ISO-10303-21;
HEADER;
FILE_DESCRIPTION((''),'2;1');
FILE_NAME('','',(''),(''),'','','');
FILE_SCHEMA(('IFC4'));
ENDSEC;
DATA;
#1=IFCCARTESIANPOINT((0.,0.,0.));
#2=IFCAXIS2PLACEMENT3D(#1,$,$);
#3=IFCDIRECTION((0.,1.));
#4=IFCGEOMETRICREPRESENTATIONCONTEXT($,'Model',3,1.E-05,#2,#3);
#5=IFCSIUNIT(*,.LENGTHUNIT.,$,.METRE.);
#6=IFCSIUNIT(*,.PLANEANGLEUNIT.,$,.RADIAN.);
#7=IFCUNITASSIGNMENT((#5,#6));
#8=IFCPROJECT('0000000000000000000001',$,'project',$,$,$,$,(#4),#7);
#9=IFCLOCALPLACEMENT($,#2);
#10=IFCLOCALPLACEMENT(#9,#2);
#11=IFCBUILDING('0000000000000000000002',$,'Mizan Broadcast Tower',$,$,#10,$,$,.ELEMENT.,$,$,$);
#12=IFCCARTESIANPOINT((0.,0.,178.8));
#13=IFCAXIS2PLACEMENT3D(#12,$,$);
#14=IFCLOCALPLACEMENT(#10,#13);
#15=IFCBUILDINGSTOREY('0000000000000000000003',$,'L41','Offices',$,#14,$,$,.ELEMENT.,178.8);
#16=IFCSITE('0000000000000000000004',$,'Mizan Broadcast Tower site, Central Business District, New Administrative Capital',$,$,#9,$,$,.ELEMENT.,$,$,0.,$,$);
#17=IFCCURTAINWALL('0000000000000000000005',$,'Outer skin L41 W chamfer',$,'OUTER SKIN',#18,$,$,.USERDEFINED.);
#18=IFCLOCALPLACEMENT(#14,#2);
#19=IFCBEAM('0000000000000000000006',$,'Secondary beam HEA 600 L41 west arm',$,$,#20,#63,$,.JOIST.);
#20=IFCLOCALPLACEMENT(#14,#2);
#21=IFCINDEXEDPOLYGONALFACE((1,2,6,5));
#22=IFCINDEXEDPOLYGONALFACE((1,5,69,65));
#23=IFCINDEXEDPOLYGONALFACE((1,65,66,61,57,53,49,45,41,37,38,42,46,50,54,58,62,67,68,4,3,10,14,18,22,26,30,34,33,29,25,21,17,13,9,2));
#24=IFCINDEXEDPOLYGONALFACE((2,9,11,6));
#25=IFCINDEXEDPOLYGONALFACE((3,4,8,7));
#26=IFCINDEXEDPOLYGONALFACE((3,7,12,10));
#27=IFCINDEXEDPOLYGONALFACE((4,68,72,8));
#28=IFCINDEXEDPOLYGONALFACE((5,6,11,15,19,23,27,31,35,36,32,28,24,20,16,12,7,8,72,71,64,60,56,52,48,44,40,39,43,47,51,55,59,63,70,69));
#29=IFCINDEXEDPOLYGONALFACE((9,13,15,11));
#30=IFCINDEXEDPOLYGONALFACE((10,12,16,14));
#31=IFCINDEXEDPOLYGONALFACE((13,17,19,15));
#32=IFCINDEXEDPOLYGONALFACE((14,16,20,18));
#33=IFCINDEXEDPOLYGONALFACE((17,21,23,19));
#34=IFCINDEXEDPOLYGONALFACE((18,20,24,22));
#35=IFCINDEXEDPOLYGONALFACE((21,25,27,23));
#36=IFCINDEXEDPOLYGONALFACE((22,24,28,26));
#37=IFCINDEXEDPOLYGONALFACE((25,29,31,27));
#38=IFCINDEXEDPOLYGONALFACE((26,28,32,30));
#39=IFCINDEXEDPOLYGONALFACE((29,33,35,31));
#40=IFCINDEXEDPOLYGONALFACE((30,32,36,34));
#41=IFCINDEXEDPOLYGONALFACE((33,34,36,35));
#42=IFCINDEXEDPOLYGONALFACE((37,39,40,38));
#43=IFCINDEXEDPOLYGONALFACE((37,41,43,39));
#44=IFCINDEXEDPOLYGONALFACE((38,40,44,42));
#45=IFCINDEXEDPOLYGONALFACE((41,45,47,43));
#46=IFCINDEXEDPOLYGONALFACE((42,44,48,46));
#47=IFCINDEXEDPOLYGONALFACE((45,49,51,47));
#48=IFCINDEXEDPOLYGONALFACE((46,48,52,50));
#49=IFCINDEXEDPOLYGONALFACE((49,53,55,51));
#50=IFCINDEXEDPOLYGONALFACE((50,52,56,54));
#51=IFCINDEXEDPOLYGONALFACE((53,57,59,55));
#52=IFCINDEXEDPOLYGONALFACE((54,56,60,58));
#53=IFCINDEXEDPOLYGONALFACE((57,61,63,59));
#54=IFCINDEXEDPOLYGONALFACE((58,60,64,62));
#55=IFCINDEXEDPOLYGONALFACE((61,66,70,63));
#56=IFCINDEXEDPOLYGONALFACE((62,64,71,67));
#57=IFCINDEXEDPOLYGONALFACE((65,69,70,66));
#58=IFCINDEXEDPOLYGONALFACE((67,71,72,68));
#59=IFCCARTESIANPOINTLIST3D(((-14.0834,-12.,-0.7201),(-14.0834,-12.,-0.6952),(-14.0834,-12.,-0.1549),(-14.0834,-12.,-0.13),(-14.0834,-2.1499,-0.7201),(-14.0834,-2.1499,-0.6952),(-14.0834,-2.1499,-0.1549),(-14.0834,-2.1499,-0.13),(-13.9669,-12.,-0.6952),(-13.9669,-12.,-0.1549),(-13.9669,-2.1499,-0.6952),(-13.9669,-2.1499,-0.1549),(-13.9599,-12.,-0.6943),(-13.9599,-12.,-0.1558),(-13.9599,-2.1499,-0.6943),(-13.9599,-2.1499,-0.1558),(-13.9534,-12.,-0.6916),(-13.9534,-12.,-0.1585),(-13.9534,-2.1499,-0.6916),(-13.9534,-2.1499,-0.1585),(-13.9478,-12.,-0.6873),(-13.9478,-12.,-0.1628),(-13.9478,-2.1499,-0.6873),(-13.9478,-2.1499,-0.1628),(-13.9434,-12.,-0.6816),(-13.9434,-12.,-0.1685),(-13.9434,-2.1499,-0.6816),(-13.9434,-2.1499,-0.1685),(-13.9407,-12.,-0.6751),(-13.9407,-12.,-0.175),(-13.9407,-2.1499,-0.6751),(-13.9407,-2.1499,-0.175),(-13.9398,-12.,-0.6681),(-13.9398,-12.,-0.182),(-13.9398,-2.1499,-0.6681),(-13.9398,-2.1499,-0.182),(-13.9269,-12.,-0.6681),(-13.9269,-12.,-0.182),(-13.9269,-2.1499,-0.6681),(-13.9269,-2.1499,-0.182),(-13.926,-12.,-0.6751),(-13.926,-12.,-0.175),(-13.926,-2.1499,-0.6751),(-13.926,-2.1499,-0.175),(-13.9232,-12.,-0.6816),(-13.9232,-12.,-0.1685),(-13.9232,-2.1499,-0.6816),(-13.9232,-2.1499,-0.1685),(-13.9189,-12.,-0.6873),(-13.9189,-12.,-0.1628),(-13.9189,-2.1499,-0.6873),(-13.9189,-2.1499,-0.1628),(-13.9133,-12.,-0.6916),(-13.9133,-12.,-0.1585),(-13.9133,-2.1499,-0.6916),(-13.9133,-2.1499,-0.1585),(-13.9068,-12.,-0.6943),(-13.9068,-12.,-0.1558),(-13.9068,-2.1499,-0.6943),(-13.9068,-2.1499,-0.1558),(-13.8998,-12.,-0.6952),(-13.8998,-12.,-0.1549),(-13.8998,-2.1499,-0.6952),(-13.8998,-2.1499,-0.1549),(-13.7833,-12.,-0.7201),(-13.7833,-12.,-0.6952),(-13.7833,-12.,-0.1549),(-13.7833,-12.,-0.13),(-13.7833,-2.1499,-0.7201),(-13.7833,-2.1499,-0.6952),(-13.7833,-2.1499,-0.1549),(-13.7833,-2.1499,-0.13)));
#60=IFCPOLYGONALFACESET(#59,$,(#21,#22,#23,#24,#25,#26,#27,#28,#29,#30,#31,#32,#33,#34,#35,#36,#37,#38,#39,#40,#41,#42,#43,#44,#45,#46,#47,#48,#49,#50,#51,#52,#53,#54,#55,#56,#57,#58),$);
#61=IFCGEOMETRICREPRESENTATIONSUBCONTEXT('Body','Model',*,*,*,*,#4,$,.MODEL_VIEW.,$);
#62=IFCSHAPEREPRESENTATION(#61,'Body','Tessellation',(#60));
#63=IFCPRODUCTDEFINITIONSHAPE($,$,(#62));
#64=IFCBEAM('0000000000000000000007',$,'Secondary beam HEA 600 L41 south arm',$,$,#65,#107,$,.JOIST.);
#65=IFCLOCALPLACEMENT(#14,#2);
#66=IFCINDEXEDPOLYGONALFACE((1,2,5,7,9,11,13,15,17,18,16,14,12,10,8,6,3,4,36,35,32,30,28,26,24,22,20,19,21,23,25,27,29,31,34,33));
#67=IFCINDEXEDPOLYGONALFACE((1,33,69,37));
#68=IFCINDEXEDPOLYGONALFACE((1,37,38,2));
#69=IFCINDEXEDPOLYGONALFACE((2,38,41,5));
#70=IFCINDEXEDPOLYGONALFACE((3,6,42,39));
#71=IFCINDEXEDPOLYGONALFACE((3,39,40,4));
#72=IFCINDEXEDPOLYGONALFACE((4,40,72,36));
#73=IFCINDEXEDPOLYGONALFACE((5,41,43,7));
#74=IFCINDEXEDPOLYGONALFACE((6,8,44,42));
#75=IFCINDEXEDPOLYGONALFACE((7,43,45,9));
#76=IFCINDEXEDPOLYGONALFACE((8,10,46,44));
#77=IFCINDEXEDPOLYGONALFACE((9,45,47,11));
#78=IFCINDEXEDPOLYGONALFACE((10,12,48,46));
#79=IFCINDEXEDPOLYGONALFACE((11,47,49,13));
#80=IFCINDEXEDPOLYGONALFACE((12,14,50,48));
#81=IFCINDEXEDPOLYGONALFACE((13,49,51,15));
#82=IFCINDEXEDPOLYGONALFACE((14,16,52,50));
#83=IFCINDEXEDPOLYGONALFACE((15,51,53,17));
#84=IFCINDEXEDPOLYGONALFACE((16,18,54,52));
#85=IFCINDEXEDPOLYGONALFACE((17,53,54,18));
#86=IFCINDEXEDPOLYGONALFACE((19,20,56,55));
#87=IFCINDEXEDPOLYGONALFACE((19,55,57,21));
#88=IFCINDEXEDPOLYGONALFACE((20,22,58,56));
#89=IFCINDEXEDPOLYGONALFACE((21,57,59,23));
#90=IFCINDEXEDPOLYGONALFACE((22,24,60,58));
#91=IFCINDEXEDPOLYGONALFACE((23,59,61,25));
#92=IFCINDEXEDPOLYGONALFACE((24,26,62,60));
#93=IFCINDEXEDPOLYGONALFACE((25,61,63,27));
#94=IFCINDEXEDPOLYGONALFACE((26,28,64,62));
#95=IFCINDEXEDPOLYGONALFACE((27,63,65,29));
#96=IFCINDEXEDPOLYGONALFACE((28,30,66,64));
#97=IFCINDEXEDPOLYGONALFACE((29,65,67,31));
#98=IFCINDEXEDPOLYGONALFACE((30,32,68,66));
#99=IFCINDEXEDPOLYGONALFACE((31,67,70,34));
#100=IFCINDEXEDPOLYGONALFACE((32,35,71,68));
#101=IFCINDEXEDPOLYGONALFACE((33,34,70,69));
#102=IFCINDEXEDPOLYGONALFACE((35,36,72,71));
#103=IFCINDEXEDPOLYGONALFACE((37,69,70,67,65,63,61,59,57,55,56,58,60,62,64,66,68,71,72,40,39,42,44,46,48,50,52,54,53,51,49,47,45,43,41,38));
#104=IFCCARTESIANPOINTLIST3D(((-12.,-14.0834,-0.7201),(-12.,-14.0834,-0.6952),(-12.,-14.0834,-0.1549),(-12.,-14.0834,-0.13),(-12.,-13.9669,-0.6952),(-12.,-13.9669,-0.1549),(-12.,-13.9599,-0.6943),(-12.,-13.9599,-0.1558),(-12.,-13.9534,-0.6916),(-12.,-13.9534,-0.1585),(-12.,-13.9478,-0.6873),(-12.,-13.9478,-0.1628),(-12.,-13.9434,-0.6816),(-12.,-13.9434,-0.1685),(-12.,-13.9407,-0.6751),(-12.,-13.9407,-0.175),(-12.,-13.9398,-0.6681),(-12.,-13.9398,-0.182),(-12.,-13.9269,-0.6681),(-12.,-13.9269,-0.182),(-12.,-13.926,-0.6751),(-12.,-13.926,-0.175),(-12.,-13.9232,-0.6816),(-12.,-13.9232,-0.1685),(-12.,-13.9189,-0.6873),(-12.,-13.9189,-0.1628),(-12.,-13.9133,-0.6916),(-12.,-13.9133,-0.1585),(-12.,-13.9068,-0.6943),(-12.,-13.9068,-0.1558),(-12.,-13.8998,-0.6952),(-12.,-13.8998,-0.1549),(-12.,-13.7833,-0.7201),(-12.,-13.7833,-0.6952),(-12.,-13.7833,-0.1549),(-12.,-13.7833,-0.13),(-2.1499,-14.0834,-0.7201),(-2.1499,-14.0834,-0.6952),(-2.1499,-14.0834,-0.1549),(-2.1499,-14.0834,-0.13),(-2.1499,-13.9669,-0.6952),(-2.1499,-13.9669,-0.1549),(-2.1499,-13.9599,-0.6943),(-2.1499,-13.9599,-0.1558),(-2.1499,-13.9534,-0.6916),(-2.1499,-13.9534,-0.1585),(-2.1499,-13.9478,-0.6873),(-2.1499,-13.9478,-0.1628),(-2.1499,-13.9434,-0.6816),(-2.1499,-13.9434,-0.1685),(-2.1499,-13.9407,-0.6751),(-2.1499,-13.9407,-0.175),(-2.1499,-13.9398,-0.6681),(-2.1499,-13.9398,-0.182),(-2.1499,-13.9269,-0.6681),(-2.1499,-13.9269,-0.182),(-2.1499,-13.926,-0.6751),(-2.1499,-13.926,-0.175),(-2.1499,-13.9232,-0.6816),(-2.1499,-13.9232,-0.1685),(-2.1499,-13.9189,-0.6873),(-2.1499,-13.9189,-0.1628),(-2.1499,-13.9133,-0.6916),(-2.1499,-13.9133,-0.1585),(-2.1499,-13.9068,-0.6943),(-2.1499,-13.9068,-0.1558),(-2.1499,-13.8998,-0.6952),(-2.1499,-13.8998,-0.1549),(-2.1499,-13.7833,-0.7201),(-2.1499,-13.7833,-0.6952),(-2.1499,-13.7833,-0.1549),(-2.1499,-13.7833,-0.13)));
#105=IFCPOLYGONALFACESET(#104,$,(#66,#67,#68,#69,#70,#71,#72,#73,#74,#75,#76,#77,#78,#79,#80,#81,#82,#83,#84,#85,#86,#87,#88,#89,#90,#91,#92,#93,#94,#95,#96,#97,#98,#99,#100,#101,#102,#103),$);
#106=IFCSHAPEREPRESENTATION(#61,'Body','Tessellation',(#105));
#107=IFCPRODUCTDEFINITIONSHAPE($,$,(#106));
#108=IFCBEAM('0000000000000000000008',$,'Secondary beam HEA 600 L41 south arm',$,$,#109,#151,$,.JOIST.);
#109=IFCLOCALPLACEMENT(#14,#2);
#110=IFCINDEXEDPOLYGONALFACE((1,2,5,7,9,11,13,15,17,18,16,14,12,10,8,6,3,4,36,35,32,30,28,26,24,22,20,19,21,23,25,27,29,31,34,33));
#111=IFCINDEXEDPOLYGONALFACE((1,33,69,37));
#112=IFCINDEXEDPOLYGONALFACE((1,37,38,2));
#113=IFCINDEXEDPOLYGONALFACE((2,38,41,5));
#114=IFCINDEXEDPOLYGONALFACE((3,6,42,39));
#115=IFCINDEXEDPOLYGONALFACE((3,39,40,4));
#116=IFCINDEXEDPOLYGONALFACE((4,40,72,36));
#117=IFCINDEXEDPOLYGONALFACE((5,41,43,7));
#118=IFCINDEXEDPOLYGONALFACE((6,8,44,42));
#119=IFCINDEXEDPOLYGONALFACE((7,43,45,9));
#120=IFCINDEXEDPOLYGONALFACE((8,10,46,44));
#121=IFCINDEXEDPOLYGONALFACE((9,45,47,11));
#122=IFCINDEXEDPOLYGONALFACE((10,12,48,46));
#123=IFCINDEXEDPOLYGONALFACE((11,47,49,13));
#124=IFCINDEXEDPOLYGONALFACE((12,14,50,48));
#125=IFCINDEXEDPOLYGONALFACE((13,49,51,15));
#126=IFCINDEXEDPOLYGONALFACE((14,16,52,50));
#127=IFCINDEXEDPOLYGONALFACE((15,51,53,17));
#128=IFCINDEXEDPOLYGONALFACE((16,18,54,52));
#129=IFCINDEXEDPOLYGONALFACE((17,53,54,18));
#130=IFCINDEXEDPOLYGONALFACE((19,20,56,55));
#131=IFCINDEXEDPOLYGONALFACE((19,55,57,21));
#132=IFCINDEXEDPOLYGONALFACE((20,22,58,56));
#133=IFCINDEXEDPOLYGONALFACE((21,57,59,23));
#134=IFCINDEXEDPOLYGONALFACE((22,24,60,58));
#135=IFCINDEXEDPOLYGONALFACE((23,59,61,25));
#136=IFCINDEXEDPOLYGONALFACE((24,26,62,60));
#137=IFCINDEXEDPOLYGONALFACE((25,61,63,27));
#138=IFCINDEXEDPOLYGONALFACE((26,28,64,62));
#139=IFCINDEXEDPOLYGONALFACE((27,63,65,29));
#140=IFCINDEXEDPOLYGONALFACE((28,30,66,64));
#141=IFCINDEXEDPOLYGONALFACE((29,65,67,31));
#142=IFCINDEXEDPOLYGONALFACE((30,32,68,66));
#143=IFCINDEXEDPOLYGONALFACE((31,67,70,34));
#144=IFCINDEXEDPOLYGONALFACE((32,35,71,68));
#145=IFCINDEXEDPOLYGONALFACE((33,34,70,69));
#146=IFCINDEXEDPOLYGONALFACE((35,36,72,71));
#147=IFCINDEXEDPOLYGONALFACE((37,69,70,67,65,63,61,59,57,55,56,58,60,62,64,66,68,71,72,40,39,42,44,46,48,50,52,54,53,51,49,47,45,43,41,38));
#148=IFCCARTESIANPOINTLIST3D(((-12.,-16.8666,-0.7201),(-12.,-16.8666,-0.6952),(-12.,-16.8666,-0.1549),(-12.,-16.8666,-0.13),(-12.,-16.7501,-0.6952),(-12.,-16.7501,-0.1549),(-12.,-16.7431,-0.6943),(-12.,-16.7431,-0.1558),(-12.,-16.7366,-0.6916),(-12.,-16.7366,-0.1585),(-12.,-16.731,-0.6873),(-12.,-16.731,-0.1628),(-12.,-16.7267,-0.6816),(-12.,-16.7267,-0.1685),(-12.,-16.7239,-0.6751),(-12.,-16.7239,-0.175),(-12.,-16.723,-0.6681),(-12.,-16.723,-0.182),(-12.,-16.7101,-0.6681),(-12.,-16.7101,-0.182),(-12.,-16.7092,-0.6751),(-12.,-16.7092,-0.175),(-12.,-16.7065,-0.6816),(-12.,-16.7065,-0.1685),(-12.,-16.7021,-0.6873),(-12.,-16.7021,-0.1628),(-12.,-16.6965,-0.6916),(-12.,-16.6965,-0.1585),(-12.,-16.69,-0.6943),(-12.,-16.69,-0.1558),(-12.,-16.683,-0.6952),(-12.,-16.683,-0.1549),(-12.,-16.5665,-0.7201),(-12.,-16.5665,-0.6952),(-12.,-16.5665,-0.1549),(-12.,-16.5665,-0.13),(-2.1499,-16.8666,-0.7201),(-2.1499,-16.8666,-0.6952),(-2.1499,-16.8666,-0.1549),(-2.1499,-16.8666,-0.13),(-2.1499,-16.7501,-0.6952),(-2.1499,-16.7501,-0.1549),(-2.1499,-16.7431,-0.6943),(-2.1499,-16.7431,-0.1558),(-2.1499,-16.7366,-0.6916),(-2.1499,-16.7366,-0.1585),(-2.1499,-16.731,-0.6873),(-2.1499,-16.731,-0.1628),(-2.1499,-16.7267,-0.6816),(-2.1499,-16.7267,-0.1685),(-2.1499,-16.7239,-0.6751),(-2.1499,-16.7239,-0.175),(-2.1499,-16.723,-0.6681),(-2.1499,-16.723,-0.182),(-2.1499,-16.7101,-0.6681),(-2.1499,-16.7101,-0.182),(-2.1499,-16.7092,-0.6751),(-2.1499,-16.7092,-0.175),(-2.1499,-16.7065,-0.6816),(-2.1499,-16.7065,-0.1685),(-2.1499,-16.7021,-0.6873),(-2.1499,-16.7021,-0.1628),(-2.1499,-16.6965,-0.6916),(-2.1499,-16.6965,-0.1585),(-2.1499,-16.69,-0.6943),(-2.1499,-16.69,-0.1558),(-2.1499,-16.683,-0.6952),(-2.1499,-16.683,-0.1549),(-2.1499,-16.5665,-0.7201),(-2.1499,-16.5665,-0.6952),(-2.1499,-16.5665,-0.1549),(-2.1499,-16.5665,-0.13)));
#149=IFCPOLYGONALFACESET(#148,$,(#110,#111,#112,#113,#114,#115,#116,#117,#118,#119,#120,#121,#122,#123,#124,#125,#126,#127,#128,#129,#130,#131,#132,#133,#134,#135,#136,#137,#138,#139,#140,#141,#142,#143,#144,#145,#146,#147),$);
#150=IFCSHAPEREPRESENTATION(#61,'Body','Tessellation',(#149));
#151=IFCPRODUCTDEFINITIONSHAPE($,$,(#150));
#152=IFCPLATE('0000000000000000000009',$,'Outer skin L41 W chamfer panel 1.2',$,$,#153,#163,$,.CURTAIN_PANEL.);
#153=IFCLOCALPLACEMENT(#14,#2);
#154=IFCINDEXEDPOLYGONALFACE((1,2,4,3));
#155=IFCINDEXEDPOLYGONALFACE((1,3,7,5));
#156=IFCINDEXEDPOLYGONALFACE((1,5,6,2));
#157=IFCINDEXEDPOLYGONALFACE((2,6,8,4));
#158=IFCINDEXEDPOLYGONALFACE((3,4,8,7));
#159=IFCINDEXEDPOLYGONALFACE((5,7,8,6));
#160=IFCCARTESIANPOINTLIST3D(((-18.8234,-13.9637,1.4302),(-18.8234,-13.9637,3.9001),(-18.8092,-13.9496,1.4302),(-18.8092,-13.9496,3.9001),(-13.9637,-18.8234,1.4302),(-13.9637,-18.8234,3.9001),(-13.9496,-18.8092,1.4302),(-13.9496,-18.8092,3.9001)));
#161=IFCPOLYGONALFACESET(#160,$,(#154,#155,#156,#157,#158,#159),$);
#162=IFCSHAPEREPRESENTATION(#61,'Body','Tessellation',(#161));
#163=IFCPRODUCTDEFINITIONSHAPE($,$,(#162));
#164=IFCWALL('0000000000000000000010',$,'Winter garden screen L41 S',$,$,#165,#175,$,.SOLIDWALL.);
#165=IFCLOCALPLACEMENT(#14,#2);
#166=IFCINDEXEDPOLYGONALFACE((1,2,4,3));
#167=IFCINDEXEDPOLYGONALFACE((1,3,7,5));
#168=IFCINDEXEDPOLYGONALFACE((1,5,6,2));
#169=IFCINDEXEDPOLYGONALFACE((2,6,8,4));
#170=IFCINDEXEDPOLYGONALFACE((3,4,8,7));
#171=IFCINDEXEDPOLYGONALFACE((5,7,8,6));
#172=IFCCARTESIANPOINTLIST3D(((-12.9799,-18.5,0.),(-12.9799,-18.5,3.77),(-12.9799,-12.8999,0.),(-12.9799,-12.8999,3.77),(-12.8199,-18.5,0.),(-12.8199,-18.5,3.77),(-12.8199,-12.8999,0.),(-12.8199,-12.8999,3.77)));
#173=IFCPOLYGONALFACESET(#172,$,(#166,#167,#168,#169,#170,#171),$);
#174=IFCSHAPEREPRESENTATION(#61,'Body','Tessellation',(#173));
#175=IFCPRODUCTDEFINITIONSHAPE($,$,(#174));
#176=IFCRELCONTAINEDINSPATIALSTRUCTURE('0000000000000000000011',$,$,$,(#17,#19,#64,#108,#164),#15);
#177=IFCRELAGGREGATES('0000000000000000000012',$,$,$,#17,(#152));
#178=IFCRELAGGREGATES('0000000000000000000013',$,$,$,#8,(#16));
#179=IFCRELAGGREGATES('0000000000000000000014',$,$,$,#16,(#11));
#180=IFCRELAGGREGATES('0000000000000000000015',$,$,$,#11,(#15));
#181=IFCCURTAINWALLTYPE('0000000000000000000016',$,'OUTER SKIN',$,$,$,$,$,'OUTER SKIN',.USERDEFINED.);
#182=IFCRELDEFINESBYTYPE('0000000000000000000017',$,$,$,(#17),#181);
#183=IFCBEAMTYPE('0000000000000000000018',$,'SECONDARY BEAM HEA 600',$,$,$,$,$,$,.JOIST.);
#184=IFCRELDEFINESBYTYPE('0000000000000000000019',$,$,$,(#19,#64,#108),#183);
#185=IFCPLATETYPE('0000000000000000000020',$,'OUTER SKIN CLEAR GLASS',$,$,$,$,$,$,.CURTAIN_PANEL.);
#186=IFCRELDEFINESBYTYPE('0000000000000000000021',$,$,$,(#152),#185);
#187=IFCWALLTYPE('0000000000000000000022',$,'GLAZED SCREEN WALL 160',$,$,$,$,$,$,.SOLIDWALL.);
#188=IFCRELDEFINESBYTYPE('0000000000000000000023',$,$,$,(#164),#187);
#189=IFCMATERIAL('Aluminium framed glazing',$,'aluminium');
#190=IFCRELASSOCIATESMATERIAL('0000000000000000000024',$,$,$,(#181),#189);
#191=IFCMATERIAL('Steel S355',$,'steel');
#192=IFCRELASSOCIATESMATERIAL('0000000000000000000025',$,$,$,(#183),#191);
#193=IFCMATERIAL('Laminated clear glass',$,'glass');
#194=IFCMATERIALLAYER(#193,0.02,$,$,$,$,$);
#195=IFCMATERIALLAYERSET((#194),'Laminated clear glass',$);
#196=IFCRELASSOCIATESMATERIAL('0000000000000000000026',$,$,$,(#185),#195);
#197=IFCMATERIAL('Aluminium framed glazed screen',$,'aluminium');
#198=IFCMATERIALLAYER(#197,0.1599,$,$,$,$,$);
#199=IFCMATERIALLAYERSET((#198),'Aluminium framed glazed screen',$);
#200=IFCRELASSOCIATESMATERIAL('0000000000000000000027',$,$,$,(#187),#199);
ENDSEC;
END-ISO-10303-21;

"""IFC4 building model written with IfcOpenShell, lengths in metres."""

from ifc_helpers import new_model, si_unit, direction, frame, frame_2d, origin, origin_2d, place, context, subcontext, project, spatial, rectangle, i_section, extrude, material, layer, layer_set, material_profile, profile_set, type_object, element, aggregate, save


model = new_model("IFC4")

# Units and contexts
model_context = context("Model", 3, precision=1e-05, world=origin(), true_north=direction((0.0, 1.0)))
body_context = subcontext(model_context, "Body", "Model", "MODEL_VIEW")
ifc_project = project(units=[si_unit("LENGTHUNIT", "METRE"), si_unit("PLANEANGLEUNIT", "RADIAN")], contexts=[model_context])

# Site, building, storey
site_placement = place(None, origin())
site = spatial("IfcSite", under=ifc_project, at=site_placement, Name="Mizan Broadcast Tower site, Central Business District, New Administrative Capital", CompositionType="ELEMENT", RefElevation=0.0)
building_placement = place(site_placement, origin())
building = spatial("IfcBuilding", under=site, at=building_placement, Name="Mizan Broadcast Tower", CompositionType="ELEMENT")
storey_placement = place(building_placement, frame((0.0, 0.0, 178.8)))
storey = spatial("IfcBuildingStorey", under=building, at=storey_placement, Name="L41", Description="Offices", CompositionType="ELEMENT", Elevation=178.8)

# Curtain wall
ifc_material_1 = material(Name="Aluminium framed glazing", Category="aluminium")
curtain_wall_type_1 = type_object("IfcCurtainWallType", Name="OUTER SKIN", ElementType="OUTER SKIN", PredefinedType="USERDEFINED", material=ifc_material_1)
curtain_wall_1_placement = place(storey_placement, origin())
curtain_wall_1 = element("IfcCurtainWall", 1, at=curtain_wall_1_placement, inside=storey, type_object=curtain_wall_type_1, Name="Outer skin L41 W chamfer", ObjectType="OUTER SKIN", PredefinedType="USERDEFINED")

# Beams
ifc_material_2 = material(Name="Steel S355", Category="steel")
ifc_material_profile_1 = material_profile(ifc_material_2, i_section(OverallWidth=0.3, OverallDepth=0.5901, WebThickness=0.0129, FlangeThickness=0.0249, FilletRadius=0.0271, at=origin_2d()), Name="HEA 600")
ifc_profile_set_1 = profile_set([ifc_material_profile_1], Name="Steel S355")
beam_type_1 = type_object("IfcBeamType", Name="SECONDARY BEAM HEA 600", PredefinedType="JOIST", material=ifc_profile_set_1)
for number, where, z_axis, x_axis, name in (
    (2, (-13.9333, -12.0, -0.425), (0.0, 1.0, 0.0), (-1.0, 0.0, 0.0), "Secondary beam HEA 600 L41 west arm"),
    (3, (-12.0, -13.9333, -0.425), (1.0, 0.0, 0.0), (0.0, 1.0, 0.0), "Secondary beam HEA 600 L41 south arm"),
    (4, (-12.0, -16.7166, -0.425), (1.0, 0.0, 0.0), (0.0, 1.0, 0.0), "Secondary beam HEA 600 L41 south arm"),
):
    element("IfcBeam", number, at=place(storey_placement, frame(where, z_axis=z_axis, x_axis=x_axis)), inside=storey, type_object=beam_type_1, Name=name, PredefinedType="JOIST", context=body_context, shape_type="SweptSolid", body=[
        extrude(i_section(OverallWidth=0.3, OverallDepth=0.5901, WebThickness=0.0129, FlangeThickness=0.0249, FilletRadius=0.0271, at=origin_2d()), origin(), (0.0, 0.0, 1.0), 9.8501),
    ])

# Plate
ifc_material_3 = material(Name="Laminated clear glass", Category="glass")
ifc_layer_1 = layer(ifc_material_3, 0.02)
ifc_layer_set_1 = layer_set([ifc_layer_1], Name="Laminated clear glass")
plate_type = type_object("IfcPlateType", Name="OUTER SKIN CLEAR GLASS", PredefinedType="CURTAIN_PANEL", material=ifc_layer_set_1)
plate_placement = place(storey_placement, frame((-16.3865, -16.3865, 1.4302), z_axis=(0.0, 0.0, 1.0), x_axis=(0.707107, -0.707107, 0.0)))
plate = element("IfcPlate", 5, at=plate_placement, type_object=plate_type, Name="Outer skin L41 W chamfer panel 1.2", PredefinedType="CURTAIN_PANEL", context=body_context, shape_type="SweptSolid", body=[
    extrude(rectangle(XDim=6.8726, YDim=0.02, at=origin_2d()), origin(), (0.0, 0.0, 1.0), 2.47),
])
aggregate(curtain_wall_1, [plate])

# Wall
ifc_material_4 = material(Name="Aluminium framed glazed screen", Category="aluminium")
ifc_layer_2 = layer(ifc_material_4, 0.1599)
ifc_layer_set_2 = layer_set([ifc_layer_2], Name="Aluminium framed glazed screen")
wall_type = type_object("IfcWallType", Name="GLAZED SCREEN WALL 160", PredefinedType="SOLIDWALL", material=ifc_layer_set_2)
wall_placement = place(storey_placement, frame((-12.8999, -12.8999, 0.0), z_axis=(0.0, 0.0, 1.0), x_axis=(0.0, -1.0, 0.0)))
element("IfcWall", 6, at=wall_placement, inside=storey, type_object=wall_type, Name="Winter garden screen L41 S", PredefinedType="SOLIDWALL", context=body_context, shape_type="SweptSolid", body=[
    extrude(rectangle(XDim=5.6001, YDim=0.1599, at=frame_2d((2.8, 0.0))), origin(), (0.0, 0.0, 1.0), 3.77),
])

save(model, "model.ifc")
